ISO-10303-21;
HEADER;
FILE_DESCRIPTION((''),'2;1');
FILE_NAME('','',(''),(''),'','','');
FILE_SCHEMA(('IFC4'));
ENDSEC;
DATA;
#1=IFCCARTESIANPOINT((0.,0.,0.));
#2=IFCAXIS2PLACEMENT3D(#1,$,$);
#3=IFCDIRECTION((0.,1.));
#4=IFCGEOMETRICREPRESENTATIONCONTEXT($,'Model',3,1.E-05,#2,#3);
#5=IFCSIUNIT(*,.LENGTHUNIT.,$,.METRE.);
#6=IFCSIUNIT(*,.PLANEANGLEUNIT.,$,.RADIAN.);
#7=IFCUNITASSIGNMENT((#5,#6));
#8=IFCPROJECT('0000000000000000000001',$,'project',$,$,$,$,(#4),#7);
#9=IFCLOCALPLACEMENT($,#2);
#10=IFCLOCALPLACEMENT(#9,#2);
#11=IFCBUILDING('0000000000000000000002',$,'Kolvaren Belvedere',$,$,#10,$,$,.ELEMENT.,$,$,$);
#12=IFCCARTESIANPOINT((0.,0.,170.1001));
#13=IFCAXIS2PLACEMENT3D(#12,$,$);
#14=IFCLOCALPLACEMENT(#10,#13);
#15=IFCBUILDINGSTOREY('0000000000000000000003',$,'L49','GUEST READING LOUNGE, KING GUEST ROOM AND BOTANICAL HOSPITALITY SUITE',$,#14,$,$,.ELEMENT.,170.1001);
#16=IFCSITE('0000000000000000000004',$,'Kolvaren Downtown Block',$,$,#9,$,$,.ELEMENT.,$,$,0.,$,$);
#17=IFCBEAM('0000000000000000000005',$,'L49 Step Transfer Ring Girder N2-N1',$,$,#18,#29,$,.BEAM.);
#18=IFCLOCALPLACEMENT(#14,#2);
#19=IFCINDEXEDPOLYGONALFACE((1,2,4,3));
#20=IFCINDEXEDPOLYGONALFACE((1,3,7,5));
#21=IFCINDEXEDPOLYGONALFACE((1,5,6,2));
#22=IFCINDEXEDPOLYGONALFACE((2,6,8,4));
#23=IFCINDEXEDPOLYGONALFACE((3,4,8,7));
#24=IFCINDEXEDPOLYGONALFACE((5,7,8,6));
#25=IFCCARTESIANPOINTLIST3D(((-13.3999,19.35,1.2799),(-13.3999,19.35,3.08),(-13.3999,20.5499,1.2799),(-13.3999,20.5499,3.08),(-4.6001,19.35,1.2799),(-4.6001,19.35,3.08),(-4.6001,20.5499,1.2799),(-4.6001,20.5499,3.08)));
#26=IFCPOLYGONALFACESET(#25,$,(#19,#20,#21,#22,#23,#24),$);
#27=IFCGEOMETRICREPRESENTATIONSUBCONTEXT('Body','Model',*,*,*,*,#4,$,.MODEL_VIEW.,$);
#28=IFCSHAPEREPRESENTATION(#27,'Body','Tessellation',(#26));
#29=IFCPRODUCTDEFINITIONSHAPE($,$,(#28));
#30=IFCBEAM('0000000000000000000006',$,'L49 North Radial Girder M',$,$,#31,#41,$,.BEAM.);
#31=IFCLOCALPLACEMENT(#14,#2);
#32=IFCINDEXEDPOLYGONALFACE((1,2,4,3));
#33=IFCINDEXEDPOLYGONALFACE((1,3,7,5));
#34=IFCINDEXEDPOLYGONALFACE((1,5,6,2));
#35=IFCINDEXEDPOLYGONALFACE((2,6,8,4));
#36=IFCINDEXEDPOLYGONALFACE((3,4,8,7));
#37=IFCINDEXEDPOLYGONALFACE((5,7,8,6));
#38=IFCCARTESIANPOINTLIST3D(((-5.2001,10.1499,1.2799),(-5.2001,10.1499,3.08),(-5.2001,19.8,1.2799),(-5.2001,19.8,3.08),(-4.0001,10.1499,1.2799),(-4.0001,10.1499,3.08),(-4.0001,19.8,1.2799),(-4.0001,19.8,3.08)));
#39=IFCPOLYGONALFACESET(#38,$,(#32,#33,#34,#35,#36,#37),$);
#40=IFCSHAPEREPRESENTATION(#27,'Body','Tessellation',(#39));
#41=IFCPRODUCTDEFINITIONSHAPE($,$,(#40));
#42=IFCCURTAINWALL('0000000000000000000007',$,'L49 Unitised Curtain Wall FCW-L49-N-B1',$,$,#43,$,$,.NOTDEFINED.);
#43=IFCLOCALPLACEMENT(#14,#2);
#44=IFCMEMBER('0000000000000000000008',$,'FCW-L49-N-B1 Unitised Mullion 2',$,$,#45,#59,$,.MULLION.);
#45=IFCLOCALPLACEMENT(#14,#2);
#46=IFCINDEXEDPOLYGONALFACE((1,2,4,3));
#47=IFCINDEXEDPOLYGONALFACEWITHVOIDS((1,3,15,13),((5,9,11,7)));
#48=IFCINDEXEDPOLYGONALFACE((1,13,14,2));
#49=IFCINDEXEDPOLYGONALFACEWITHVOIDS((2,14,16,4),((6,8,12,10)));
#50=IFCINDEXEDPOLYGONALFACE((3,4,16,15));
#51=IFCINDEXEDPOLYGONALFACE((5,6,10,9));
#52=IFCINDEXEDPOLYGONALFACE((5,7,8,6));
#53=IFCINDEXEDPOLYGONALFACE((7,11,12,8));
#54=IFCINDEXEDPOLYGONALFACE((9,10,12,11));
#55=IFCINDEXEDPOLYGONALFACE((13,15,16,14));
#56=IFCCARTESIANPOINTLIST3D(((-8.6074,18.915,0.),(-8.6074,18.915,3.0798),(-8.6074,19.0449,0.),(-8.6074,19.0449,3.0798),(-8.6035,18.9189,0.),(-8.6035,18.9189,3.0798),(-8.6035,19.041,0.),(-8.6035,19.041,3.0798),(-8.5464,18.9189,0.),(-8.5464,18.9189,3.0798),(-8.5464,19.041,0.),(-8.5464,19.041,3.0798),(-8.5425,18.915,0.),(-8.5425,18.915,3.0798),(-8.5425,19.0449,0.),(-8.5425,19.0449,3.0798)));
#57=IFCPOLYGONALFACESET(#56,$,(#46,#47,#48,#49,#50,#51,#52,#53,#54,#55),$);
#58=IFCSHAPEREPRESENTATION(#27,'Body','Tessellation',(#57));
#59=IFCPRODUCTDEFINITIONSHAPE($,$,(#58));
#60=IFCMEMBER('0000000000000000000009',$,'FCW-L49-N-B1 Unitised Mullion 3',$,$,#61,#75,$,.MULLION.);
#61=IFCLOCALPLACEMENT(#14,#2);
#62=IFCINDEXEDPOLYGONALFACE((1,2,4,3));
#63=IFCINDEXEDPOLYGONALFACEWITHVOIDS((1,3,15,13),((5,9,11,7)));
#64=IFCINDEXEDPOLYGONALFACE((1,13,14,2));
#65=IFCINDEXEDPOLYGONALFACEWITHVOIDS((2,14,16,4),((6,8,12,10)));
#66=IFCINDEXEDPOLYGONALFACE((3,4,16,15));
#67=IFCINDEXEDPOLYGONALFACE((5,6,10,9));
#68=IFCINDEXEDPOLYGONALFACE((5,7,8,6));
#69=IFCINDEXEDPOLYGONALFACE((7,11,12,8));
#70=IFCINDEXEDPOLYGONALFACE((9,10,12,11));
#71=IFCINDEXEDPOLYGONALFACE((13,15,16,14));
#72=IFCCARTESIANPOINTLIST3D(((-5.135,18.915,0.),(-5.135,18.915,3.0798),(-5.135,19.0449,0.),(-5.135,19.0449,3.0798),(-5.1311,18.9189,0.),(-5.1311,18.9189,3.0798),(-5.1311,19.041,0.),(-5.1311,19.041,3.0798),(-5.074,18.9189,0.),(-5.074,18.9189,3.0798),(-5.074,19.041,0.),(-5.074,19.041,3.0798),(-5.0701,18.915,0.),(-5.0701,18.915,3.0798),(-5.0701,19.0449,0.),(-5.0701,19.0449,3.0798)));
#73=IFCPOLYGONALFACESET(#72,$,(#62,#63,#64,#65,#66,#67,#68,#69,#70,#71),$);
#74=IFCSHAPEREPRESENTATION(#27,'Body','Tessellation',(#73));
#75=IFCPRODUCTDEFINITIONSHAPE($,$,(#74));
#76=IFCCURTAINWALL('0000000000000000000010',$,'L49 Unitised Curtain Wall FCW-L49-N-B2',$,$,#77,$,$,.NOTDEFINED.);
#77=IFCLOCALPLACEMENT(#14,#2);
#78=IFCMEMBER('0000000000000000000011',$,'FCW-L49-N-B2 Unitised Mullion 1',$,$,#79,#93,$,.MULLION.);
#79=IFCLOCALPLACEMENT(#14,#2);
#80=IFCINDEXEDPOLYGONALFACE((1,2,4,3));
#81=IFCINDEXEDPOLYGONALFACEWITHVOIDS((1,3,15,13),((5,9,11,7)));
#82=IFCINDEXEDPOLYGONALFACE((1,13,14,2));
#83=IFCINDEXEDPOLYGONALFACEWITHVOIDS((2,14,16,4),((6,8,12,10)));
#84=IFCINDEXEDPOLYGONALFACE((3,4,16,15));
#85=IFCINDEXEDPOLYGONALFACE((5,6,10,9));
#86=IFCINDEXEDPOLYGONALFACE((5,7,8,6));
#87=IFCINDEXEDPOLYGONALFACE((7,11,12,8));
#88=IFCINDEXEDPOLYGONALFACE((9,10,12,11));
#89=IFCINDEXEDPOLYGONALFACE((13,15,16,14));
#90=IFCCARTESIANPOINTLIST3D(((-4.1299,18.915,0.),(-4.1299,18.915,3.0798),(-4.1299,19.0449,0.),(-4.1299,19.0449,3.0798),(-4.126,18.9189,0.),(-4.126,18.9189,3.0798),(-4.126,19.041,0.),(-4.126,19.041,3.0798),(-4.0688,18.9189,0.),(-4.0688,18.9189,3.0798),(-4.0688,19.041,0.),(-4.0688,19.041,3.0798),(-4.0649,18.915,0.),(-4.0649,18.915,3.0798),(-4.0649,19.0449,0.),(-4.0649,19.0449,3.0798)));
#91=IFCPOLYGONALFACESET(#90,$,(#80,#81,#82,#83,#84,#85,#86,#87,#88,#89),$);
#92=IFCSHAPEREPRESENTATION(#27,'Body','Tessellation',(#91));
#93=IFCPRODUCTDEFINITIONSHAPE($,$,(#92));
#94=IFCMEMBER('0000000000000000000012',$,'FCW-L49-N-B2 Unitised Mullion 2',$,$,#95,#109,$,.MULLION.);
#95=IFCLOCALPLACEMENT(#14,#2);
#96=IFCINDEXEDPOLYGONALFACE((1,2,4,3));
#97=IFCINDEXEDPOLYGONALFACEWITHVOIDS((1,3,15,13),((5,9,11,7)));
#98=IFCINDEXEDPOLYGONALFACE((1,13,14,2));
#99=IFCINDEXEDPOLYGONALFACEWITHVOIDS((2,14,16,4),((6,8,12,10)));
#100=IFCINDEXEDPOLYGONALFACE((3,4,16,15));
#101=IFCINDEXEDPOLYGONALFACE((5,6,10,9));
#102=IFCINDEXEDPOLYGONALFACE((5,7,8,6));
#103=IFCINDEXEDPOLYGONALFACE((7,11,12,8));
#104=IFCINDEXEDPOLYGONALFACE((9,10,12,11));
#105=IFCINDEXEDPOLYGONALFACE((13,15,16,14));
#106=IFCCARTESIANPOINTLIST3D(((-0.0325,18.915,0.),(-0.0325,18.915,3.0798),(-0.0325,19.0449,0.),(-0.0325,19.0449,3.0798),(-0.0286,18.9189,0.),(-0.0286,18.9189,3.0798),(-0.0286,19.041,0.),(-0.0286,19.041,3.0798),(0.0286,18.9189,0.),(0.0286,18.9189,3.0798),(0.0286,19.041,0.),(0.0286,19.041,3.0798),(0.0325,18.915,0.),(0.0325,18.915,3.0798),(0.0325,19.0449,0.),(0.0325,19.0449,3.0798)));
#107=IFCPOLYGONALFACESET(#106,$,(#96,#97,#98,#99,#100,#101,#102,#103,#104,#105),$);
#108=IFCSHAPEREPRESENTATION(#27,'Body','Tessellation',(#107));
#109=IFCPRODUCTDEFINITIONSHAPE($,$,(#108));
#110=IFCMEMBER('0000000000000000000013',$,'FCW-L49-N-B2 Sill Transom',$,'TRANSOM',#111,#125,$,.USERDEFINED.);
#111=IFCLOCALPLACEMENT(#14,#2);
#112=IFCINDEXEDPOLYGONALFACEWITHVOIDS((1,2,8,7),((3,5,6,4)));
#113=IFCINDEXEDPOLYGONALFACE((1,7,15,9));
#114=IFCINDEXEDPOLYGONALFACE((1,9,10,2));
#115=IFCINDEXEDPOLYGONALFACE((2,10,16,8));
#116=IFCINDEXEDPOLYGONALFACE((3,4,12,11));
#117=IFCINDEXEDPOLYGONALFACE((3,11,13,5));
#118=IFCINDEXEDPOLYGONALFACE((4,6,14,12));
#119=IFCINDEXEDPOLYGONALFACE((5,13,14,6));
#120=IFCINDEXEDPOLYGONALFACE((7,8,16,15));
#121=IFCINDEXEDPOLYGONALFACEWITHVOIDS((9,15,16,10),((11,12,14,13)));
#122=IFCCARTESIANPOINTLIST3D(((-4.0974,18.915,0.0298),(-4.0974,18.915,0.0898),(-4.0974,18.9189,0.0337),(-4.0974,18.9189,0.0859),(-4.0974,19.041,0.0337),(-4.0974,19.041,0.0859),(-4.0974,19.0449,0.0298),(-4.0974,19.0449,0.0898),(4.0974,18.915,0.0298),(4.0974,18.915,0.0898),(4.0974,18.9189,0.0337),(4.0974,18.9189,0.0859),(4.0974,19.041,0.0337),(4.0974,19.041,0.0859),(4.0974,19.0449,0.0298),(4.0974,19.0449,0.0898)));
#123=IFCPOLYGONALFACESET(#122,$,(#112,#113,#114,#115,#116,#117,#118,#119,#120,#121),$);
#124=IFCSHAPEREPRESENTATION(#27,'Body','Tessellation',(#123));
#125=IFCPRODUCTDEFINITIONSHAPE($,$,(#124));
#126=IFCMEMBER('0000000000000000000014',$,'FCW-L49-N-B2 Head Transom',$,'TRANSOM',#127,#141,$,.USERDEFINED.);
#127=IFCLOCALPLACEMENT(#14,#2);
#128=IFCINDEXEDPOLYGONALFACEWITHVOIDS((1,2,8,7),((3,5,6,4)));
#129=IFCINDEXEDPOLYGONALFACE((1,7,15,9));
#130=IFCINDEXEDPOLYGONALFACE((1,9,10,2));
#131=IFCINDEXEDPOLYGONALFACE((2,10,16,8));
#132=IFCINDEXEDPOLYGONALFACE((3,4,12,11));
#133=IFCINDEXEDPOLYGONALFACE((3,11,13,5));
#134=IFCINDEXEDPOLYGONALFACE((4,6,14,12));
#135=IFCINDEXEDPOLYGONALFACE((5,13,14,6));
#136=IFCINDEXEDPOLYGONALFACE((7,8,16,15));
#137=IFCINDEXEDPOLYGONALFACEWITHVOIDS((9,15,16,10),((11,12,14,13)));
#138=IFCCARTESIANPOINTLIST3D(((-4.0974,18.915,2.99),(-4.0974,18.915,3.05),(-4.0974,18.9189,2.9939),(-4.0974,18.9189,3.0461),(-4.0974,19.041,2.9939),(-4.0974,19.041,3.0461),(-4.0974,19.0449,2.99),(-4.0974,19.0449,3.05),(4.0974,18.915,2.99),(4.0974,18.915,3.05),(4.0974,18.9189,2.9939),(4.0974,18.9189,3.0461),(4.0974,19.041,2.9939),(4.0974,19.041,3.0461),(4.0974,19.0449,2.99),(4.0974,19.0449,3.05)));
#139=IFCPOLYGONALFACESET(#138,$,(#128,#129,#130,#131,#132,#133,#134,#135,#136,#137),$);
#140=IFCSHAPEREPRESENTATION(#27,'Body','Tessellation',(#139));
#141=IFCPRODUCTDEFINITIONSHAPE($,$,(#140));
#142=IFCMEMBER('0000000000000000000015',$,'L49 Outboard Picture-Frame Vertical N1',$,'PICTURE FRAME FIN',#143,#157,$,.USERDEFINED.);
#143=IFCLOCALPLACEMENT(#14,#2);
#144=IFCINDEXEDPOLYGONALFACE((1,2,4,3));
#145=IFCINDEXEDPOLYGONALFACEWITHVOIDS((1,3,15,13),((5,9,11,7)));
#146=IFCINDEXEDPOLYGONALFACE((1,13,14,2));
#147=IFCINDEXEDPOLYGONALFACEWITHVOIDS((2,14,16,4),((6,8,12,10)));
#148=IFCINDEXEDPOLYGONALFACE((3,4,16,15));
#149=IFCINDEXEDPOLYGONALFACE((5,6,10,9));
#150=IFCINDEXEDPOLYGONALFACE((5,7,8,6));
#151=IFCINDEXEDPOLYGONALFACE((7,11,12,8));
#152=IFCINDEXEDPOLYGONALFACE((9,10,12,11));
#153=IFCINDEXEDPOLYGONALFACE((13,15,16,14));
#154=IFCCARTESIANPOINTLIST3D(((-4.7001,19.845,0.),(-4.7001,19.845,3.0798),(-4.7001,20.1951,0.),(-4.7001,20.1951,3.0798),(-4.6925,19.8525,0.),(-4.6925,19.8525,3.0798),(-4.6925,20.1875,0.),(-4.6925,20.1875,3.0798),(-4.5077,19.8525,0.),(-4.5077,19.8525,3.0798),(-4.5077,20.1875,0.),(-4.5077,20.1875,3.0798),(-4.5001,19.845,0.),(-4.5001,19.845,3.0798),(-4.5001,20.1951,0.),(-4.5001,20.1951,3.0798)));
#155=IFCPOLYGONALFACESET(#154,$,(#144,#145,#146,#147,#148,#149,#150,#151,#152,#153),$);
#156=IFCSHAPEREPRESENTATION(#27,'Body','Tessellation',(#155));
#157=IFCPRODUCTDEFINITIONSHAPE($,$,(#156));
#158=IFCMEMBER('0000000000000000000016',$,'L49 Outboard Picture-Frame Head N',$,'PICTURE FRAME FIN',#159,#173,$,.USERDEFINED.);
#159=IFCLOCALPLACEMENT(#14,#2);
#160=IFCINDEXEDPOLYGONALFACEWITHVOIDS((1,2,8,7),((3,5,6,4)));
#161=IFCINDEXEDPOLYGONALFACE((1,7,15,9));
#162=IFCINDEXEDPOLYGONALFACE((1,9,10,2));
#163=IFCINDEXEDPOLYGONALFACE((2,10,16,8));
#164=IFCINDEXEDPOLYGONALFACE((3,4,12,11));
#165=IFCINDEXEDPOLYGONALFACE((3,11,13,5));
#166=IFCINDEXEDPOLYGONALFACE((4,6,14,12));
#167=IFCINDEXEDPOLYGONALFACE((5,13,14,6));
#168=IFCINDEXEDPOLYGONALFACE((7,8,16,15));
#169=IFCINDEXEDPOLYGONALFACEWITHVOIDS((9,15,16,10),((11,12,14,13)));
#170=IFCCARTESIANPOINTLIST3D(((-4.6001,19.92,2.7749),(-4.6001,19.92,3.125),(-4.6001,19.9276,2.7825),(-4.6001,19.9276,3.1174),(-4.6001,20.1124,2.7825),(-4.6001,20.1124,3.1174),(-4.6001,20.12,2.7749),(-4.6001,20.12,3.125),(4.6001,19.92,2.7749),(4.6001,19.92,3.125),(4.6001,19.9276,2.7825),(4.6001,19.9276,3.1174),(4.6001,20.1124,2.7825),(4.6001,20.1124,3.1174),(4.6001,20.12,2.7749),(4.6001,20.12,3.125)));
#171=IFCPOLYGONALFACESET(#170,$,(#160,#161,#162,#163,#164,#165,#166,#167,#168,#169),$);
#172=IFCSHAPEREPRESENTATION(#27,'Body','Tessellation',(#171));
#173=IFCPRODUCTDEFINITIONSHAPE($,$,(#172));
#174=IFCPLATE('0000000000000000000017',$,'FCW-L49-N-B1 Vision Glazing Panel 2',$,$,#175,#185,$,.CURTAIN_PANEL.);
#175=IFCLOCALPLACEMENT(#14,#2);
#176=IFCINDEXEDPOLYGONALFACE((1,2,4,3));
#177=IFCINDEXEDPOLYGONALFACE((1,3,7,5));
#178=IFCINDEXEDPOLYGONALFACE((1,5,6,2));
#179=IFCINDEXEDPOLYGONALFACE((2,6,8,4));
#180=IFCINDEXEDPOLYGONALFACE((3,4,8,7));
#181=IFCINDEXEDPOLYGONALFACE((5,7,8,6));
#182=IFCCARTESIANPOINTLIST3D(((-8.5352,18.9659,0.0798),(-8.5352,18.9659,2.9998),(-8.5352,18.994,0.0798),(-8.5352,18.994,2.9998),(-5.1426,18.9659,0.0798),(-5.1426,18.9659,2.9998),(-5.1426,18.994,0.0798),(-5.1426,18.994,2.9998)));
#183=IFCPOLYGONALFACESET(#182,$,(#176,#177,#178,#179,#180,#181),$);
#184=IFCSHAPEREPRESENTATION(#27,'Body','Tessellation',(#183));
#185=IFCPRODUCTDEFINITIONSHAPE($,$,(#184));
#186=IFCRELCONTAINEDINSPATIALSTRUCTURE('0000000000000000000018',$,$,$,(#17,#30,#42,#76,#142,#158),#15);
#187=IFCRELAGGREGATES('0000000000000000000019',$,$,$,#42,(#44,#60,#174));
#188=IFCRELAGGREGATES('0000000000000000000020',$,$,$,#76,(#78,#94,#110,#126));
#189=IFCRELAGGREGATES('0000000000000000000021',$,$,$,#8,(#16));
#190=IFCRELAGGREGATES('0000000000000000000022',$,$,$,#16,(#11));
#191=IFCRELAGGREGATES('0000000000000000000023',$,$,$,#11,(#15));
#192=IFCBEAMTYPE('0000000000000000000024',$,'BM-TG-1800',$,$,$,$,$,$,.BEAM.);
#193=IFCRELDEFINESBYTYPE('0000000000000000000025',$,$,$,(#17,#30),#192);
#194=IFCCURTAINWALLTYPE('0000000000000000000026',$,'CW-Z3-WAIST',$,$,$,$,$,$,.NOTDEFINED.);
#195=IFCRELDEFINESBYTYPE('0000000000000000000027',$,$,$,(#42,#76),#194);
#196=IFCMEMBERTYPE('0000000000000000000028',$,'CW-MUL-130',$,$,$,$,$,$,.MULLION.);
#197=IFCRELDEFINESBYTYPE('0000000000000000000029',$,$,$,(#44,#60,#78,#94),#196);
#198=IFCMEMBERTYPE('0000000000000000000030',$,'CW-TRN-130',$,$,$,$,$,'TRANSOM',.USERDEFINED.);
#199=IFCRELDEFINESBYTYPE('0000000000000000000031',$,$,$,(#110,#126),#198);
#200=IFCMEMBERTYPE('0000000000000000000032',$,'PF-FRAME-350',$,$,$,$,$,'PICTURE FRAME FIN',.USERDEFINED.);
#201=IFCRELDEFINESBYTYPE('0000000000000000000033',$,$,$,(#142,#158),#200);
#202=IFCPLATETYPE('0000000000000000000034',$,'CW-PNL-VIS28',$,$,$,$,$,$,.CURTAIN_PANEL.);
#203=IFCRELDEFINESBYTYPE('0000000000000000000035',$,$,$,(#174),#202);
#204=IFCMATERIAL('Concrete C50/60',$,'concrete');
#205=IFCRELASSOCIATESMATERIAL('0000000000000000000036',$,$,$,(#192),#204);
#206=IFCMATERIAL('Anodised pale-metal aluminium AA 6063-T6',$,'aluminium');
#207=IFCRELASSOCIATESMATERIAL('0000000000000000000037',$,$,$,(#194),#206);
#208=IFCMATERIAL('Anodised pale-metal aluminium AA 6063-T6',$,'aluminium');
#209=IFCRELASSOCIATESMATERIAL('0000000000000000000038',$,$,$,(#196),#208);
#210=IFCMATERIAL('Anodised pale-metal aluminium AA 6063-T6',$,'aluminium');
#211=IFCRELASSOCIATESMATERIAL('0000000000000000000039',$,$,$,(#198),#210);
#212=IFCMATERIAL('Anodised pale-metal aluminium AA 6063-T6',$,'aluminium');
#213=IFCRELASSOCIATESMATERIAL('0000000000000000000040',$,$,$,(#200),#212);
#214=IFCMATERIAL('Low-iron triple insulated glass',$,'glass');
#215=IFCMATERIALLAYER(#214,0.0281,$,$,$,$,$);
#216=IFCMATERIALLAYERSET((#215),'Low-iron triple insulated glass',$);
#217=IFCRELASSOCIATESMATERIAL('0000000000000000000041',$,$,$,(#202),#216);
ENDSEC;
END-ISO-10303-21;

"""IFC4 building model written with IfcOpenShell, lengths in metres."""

from ifc_helpers import new_model, si_unit, direction, frame, origin, origin_2d, place, context, subcontext, project, spatial, rectangle, hollow_rectangle, extrude, material, layer, layer_set, material_profile, profile_set, type_object, element, aggregate, save


model = new_model("IFC4")

# Units and contexts
model_context = context("Model", 3, precision=1e-05, world=origin(), true_north=direction((0.0, 1.0)))
body_context = subcontext(model_context, "Body", "Model", "MODEL_VIEW")
ifc_project = project(units=[si_unit("LENGTHUNIT", "METRE"), si_unit("PLANEANGLEUNIT", "RADIAN")], contexts=[model_context])

# Site, building, storey
site_placement = place(None, origin())
site = spatial("IfcSite", under=ifc_project, at=site_placement, Name="Kolvaren Downtown Block", CompositionType="ELEMENT", RefElevation=0.0)
building_placement = place(site_placement, origin())
building = spatial("IfcBuilding", under=site, at=building_placement, Name="Kolvaren Belvedere", CompositionType="ELEMENT")
storey_placement = place(building_placement, frame((0.0, 0.0, 170.1001)))
storey = spatial("IfcBuildingStorey", under=building, at=storey_placement, Name="L49", Description="GUEST READING LOUNGE, KING GUEST ROOM AND BOTANICAL HOSPITALITY SUITE", CompositionType="ELEMENT", Elevation=170.1001)

# Beams
ifc_material_1 = material(Name="Concrete C50/60", Category="concrete")
ifc_material_profile_1 = material_profile(ifc_material_1, rectangle(XDim=1.2, YDim=1.8, at=origin_2d()), Name="RC 1200X1800")
ifc_profile_set_1 = profile_set([ifc_material_profile_1], Name="Concrete C50/60")
beam_type_1 = type_object("IfcBeamType", Name="BM-TG-1800", PredefinedType="BEAM", material=ifc_profile_set_1)
beam_1_placement = place(storey_placement, frame((-4.6001, 19.95, 2.1799), z_axis=(-1.0, 0.0, 0.0), x_axis=(0.0, -1.0, 0.0)))
element("IfcBeam", 1, at=beam_1_placement, inside=storey, type_object=beam_type_1, Name="L49 Step Transfer Ring Girder N2-N1", PredefinedType="BEAM", context=body_context, shape_type="SweptSolid", body=[
    extrude(rectangle(XDim=1.2, YDim=1.8, at=origin_2d()), origin(), (0.0, 0.0, 1.0), 8.7998),
])
beam_2_placement = place(storey_placement, frame((-4.6001, 10.1499, 2.1799), z_axis=(0.0, 1.0, 0.0), x_axis=(-1.0, 0.0, 0.0)))
element("IfcBeam", 2, at=beam_2_placement, inside=storey, type_object=beam_type_1, Name="L49 North Radial Girder M", PredefinedType="BEAM", context=body_context, shape_type="SweptSolid", body=[
    extrude(rectangle(XDim=1.2, YDim=1.8, at=origin_2d()), origin(), (0.0, 0.0, 1.0), 9.6501),
])

# Curtain walls, members
ifc_material_2 = material(Name="Anodised pale-metal aluminium AA 6063-T6", Category="aluminium")
curtain_wall_type = type_object("IfcCurtainWallType", Name="CW-Z3-WAIST", PredefinedType="NOTDEFINED", material=ifc_material_2)
curtain_wall_1_placement = place(storey_placement, origin())
curtain_wall_1 = element("IfcCurtainWall", 3, at=curtain_wall_1_placement, inside=storey, type_object=curtain_wall_type, Name="L49 Unitised Curtain Wall FCW-L49-N-B1", PredefinedType="NOTDEFINED")
ifc_material_3 = material(Name="Anodised pale-metal aluminium AA 6063-T6", Category="aluminium")
ifc_material_profile_2 = material_profile(ifc_material_3, hollow_rectangle(XDim=0.0649, YDim=0.1299, WallThickness=0.0039, at=origin_2d()), Name="ALU-MUL-130X65")
ifc_profile_set_2 = profile_set([ifc_material_profile_2], Name="Anodised pale-metal aluminium AA 6063-T6")
member_type_1 = type_object("IfcMemberType", Name="CW-MUL-130", PredefinedType="MULLION", material=ifc_profile_set_2)
member_1_placement = place(storey_placement, frame((-8.575, 18.98, 0.0), z_axis=(0.0, 0.0, 1.0), x_axis=(1.0, 0.0, 0.0)))
member_1 = element("IfcMember", 4, at=member_1_placement, type_object=member_type_1, Name="FCW-L49-N-B1 Unitised Mullion 2", PredefinedType="MULLION", context=body_context, shape_type="SweptSolid", body=[
    extrude(hollow_rectangle(XDim=0.0649, YDim=0.1299, WallThickness=0.0039, at=origin_2d()), origin(), (0.0, 0.0, 1.0), 3.0798),
])
member_2_placement = place(storey_placement, frame((-5.1025, 18.98, 0.0), z_axis=(0.0, 0.0, 1.0), x_axis=(1.0, 0.0, 0.0)))
member_2 = element("IfcMember", 5, at=member_2_placement, type_object=member_type_1, Name="FCW-L49-N-B1 Unitised Mullion 3", PredefinedType="MULLION", context=body_context, shape_type="SweptSolid", body=[
    extrude(hollow_rectangle(XDim=0.0649, YDim=0.1299, WallThickness=0.0039, at=origin_2d()), origin(), (0.0, 0.0, 1.0), 3.0798),
])
curtain_wall_2_placement = place(storey_placement, origin())
curtain_wall_2 = element("IfcCurtainWall", 6, at=curtain_wall_2_placement, inside=storey, type_object=curtain_wall_type, Name="L49 Unitised Curtain Wall FCW-L49-N-B2", PredefinedType="NOTDEFINED")
member_3_placement = place(storey_placement, frame((-4.0974, 18.98, 0.0), z_axis=(0.0, 0.0, 1.0), x_axis=(1.0, 0.0, 0.0)))
member_3 = element("IfcMember", 7, at=member_3_placement, type_object=member_type_1, Name="FCW-L49-N-B2 Unitised Mullion 1", PredefinedType="MULLION", context=body_context, shape_type="SweptSolid", body=[
    extrude(hollow_rectangle(XDim=0.0649, YDim=0.1299, WallThickness=0.0039, at=origin_2d()), origin(), (0.0, 0.0, 1.0), 3.0798),
])
member_4_placement = place(storey_placement, frame((0.0, 18.98, 0.0), z_axis=(0.0, 0.0, 1.0), x_axis=(1.0, 0.0, 0.0)))
member_4 = element("IfcMember", 8, at=member_4_placement, type_object=member_type_1, Name="FCW-L49-N-B2 Unitised Mullion 2", PredefinedType="MULLION", context=body_context, shape_type="SweptSolid", body=[
    extrude(hollow_rectangle(XDim=0.0649, YDim=0.1299, WallThickness=0.0039, at=origin_2d()), origin(), (0.0, 0.0, 1.0), 3.0798),
])
ifc_material_4 = material(Name="Anodised pale-metal aluminium AA 6063-T6", Category="aluminium")
ifc_material_profile_3 = material_profile(ifc_material_4, hollow_rectangle(XDim=0.0601, YDim=0.1299, WallThickness=0.0039, at=origin_2d()), Name="ALU-TRN-130X60")
ifc_profile_set_3 = profile_set([ifc_material_profile_3], Name="Anodised pale-metal aluminium AA 6063-T6")
member_type_2 = type_object("IfcMemberType", Name="CW-TRN-130", ElementType="TRANSOM", PredefinedType="USERDEFINED", material=ifc_profile_set_3)
member_5_placement = place(storey_placement, frame((-4.0974, 18.98, 0.0598), z_axis=(1.0, 0.0, 0.0), x_axis=(0.0, 0.0, 1.0)))
member_5 = element("IfcMember", 9, at=member_5_placement, type_object=member_type_2, Name="FCW-L49-N-B2 Sill Transom", ObjectType="TRANSOM", PredefinedType="USERDEFINED", context=body_context, shape_type="SweptSolid", body=[
    extrude(hollow_rectangle(XDim=0.0601, YDim=0.1299, WallThickness=0.0039, at=origin_2d()), origin(), (0.0, 0.0, 1.0), 8.1948),
])
member_6_placement = place(storey_placement, frame((-4.0974, 18.98, 3.02), z_axis=(1.0, 0.0, 0.0), x_axis=(0.0, 0.0, 1.0)))
member_6 = element("IfcMember", 10, at=member_6_placement, type_object=member_type_2, Name="FCW-L49-N-B2 Head Transom", ObjectType="TRANSOM", PredefinedType="USERDEFINED", context=body_context, shape_type="SweptSolid", body=[
    extrude(hollow_rectangle(XDim=0.0601, YDim=0.1299, WallThickness=0.0039, at=origin_2d()), origin(), (0.0, 0.0, 1.0), 8.1948),
])

# Members
ifc_material_5 = material(Name="Anodised pale-metal aluminium AA 6063-T6", Category="aluminium")
ifc_material_profile_4 = material_profile(ifc_material_5, hollow_rectangle(XDim=0.2, YDim=0.3501, WallThickness=0.0076, at=origin_2d()), Name="ALU-PF-350X200")
ifc_profile_set_4 = profile_set([ifc_material_profile_4], Name="Anodised pale-metal aluminium AA 6063-T6")
member_type_3 = type_object("IfcMemberType", Name="PF-FRAME-350", ElementType="PICTURE FRAME FIN", PredefinedType="USERDEFINED", material=ifc_profile_set_4)
member_7_placement = place(storey_placement, frame((-4.6001, 20.02, 0.0), z_axis=(0.0, 0.0, 1.0), x_axis=(1.0, 0.0, 0.0)))
element("IfcMember", 11, at=member_7_placement, inside=storey, type_object=member_type_3, Name="L49 Outboard Picture-Frame Vertical N1", ObjectType="PICTURE FRAME FIN", PredefinedType="USERDEFINED", context=body_context, shape_type="SweptSolid", body=[
    extrude(hollow_rectangle(XDim=0.2, YDim=0.3501, WallThickness=0.0076, at=origin_2d()), origin(), (0.0, 0.0, 1.0), 3.0798),
])
member_8_placement = place(storey_placement, frame((-4.6001, 20.02, 2.95), z_axis=(1.0, 0.0, 0.0), x_axis=(0.0, 1.0, 0.0)))
element("IfcMember", 12, at=member_8_placement, inside=storey, type_object=member_type_3, Name="L49 Outboard Picture-Frame Head N", ObjectType="PICTURE FRAME FIN", PredefinedType="USERDEFINED", context=body_context, shape_type="SweptSolid", body=[
    extrude(hollow_rectangle(XDim=0.2, YDim=0.3501, WallThickness=0.0076, at=origin_2d()), origin(), (0.0, 0.0, 1.0), 9.2002),
])

# Plate
ifc_material_6 = material(Name="Low-iron triple insulated glass", Category="glass")
ifc_layer_1 = layer(ifc_material_6, 0.0281)
ifc_layer_set_1 = layer_set([ifc_layer_1], Name="Low-iron triple insulated glass")
plate_type_1 = type_object("IfcPlateType", Name="CW-PNL-VIS28", PredefinedType="CURTAIN_PANEL", material=ifc_layer_set_1)
plate_1_placement = place(storey_placement, frame((-6.8389, 18.98, 0.0798), z_axis=(0.0, 0.0, 1.0), x_axis=(1.0, 0.0, 0.0)))
plate_1 = element("IfcPlate", 13, at=plate_1_placement, type_object=plate_type_1, Name="FCW-L49-N-B1 Vision Glazing Panel 2", PredefinedType="CURTAIN_PANEL", context=body_context, shape_type="SweptSolid", body=[
    extrude(rectangle(XDim=3.3926, YDim=0.0281, at=origin_2d()), origin(), (0.0, 0.0, 1.0), 2.9199),
])
aggregate(curtain_wall_1, [member_1, member_2, plate_1])
aggregate(curtain_wall_2, [member_3, member_4, member_5, member_6])

save(model, "model.ifc")
